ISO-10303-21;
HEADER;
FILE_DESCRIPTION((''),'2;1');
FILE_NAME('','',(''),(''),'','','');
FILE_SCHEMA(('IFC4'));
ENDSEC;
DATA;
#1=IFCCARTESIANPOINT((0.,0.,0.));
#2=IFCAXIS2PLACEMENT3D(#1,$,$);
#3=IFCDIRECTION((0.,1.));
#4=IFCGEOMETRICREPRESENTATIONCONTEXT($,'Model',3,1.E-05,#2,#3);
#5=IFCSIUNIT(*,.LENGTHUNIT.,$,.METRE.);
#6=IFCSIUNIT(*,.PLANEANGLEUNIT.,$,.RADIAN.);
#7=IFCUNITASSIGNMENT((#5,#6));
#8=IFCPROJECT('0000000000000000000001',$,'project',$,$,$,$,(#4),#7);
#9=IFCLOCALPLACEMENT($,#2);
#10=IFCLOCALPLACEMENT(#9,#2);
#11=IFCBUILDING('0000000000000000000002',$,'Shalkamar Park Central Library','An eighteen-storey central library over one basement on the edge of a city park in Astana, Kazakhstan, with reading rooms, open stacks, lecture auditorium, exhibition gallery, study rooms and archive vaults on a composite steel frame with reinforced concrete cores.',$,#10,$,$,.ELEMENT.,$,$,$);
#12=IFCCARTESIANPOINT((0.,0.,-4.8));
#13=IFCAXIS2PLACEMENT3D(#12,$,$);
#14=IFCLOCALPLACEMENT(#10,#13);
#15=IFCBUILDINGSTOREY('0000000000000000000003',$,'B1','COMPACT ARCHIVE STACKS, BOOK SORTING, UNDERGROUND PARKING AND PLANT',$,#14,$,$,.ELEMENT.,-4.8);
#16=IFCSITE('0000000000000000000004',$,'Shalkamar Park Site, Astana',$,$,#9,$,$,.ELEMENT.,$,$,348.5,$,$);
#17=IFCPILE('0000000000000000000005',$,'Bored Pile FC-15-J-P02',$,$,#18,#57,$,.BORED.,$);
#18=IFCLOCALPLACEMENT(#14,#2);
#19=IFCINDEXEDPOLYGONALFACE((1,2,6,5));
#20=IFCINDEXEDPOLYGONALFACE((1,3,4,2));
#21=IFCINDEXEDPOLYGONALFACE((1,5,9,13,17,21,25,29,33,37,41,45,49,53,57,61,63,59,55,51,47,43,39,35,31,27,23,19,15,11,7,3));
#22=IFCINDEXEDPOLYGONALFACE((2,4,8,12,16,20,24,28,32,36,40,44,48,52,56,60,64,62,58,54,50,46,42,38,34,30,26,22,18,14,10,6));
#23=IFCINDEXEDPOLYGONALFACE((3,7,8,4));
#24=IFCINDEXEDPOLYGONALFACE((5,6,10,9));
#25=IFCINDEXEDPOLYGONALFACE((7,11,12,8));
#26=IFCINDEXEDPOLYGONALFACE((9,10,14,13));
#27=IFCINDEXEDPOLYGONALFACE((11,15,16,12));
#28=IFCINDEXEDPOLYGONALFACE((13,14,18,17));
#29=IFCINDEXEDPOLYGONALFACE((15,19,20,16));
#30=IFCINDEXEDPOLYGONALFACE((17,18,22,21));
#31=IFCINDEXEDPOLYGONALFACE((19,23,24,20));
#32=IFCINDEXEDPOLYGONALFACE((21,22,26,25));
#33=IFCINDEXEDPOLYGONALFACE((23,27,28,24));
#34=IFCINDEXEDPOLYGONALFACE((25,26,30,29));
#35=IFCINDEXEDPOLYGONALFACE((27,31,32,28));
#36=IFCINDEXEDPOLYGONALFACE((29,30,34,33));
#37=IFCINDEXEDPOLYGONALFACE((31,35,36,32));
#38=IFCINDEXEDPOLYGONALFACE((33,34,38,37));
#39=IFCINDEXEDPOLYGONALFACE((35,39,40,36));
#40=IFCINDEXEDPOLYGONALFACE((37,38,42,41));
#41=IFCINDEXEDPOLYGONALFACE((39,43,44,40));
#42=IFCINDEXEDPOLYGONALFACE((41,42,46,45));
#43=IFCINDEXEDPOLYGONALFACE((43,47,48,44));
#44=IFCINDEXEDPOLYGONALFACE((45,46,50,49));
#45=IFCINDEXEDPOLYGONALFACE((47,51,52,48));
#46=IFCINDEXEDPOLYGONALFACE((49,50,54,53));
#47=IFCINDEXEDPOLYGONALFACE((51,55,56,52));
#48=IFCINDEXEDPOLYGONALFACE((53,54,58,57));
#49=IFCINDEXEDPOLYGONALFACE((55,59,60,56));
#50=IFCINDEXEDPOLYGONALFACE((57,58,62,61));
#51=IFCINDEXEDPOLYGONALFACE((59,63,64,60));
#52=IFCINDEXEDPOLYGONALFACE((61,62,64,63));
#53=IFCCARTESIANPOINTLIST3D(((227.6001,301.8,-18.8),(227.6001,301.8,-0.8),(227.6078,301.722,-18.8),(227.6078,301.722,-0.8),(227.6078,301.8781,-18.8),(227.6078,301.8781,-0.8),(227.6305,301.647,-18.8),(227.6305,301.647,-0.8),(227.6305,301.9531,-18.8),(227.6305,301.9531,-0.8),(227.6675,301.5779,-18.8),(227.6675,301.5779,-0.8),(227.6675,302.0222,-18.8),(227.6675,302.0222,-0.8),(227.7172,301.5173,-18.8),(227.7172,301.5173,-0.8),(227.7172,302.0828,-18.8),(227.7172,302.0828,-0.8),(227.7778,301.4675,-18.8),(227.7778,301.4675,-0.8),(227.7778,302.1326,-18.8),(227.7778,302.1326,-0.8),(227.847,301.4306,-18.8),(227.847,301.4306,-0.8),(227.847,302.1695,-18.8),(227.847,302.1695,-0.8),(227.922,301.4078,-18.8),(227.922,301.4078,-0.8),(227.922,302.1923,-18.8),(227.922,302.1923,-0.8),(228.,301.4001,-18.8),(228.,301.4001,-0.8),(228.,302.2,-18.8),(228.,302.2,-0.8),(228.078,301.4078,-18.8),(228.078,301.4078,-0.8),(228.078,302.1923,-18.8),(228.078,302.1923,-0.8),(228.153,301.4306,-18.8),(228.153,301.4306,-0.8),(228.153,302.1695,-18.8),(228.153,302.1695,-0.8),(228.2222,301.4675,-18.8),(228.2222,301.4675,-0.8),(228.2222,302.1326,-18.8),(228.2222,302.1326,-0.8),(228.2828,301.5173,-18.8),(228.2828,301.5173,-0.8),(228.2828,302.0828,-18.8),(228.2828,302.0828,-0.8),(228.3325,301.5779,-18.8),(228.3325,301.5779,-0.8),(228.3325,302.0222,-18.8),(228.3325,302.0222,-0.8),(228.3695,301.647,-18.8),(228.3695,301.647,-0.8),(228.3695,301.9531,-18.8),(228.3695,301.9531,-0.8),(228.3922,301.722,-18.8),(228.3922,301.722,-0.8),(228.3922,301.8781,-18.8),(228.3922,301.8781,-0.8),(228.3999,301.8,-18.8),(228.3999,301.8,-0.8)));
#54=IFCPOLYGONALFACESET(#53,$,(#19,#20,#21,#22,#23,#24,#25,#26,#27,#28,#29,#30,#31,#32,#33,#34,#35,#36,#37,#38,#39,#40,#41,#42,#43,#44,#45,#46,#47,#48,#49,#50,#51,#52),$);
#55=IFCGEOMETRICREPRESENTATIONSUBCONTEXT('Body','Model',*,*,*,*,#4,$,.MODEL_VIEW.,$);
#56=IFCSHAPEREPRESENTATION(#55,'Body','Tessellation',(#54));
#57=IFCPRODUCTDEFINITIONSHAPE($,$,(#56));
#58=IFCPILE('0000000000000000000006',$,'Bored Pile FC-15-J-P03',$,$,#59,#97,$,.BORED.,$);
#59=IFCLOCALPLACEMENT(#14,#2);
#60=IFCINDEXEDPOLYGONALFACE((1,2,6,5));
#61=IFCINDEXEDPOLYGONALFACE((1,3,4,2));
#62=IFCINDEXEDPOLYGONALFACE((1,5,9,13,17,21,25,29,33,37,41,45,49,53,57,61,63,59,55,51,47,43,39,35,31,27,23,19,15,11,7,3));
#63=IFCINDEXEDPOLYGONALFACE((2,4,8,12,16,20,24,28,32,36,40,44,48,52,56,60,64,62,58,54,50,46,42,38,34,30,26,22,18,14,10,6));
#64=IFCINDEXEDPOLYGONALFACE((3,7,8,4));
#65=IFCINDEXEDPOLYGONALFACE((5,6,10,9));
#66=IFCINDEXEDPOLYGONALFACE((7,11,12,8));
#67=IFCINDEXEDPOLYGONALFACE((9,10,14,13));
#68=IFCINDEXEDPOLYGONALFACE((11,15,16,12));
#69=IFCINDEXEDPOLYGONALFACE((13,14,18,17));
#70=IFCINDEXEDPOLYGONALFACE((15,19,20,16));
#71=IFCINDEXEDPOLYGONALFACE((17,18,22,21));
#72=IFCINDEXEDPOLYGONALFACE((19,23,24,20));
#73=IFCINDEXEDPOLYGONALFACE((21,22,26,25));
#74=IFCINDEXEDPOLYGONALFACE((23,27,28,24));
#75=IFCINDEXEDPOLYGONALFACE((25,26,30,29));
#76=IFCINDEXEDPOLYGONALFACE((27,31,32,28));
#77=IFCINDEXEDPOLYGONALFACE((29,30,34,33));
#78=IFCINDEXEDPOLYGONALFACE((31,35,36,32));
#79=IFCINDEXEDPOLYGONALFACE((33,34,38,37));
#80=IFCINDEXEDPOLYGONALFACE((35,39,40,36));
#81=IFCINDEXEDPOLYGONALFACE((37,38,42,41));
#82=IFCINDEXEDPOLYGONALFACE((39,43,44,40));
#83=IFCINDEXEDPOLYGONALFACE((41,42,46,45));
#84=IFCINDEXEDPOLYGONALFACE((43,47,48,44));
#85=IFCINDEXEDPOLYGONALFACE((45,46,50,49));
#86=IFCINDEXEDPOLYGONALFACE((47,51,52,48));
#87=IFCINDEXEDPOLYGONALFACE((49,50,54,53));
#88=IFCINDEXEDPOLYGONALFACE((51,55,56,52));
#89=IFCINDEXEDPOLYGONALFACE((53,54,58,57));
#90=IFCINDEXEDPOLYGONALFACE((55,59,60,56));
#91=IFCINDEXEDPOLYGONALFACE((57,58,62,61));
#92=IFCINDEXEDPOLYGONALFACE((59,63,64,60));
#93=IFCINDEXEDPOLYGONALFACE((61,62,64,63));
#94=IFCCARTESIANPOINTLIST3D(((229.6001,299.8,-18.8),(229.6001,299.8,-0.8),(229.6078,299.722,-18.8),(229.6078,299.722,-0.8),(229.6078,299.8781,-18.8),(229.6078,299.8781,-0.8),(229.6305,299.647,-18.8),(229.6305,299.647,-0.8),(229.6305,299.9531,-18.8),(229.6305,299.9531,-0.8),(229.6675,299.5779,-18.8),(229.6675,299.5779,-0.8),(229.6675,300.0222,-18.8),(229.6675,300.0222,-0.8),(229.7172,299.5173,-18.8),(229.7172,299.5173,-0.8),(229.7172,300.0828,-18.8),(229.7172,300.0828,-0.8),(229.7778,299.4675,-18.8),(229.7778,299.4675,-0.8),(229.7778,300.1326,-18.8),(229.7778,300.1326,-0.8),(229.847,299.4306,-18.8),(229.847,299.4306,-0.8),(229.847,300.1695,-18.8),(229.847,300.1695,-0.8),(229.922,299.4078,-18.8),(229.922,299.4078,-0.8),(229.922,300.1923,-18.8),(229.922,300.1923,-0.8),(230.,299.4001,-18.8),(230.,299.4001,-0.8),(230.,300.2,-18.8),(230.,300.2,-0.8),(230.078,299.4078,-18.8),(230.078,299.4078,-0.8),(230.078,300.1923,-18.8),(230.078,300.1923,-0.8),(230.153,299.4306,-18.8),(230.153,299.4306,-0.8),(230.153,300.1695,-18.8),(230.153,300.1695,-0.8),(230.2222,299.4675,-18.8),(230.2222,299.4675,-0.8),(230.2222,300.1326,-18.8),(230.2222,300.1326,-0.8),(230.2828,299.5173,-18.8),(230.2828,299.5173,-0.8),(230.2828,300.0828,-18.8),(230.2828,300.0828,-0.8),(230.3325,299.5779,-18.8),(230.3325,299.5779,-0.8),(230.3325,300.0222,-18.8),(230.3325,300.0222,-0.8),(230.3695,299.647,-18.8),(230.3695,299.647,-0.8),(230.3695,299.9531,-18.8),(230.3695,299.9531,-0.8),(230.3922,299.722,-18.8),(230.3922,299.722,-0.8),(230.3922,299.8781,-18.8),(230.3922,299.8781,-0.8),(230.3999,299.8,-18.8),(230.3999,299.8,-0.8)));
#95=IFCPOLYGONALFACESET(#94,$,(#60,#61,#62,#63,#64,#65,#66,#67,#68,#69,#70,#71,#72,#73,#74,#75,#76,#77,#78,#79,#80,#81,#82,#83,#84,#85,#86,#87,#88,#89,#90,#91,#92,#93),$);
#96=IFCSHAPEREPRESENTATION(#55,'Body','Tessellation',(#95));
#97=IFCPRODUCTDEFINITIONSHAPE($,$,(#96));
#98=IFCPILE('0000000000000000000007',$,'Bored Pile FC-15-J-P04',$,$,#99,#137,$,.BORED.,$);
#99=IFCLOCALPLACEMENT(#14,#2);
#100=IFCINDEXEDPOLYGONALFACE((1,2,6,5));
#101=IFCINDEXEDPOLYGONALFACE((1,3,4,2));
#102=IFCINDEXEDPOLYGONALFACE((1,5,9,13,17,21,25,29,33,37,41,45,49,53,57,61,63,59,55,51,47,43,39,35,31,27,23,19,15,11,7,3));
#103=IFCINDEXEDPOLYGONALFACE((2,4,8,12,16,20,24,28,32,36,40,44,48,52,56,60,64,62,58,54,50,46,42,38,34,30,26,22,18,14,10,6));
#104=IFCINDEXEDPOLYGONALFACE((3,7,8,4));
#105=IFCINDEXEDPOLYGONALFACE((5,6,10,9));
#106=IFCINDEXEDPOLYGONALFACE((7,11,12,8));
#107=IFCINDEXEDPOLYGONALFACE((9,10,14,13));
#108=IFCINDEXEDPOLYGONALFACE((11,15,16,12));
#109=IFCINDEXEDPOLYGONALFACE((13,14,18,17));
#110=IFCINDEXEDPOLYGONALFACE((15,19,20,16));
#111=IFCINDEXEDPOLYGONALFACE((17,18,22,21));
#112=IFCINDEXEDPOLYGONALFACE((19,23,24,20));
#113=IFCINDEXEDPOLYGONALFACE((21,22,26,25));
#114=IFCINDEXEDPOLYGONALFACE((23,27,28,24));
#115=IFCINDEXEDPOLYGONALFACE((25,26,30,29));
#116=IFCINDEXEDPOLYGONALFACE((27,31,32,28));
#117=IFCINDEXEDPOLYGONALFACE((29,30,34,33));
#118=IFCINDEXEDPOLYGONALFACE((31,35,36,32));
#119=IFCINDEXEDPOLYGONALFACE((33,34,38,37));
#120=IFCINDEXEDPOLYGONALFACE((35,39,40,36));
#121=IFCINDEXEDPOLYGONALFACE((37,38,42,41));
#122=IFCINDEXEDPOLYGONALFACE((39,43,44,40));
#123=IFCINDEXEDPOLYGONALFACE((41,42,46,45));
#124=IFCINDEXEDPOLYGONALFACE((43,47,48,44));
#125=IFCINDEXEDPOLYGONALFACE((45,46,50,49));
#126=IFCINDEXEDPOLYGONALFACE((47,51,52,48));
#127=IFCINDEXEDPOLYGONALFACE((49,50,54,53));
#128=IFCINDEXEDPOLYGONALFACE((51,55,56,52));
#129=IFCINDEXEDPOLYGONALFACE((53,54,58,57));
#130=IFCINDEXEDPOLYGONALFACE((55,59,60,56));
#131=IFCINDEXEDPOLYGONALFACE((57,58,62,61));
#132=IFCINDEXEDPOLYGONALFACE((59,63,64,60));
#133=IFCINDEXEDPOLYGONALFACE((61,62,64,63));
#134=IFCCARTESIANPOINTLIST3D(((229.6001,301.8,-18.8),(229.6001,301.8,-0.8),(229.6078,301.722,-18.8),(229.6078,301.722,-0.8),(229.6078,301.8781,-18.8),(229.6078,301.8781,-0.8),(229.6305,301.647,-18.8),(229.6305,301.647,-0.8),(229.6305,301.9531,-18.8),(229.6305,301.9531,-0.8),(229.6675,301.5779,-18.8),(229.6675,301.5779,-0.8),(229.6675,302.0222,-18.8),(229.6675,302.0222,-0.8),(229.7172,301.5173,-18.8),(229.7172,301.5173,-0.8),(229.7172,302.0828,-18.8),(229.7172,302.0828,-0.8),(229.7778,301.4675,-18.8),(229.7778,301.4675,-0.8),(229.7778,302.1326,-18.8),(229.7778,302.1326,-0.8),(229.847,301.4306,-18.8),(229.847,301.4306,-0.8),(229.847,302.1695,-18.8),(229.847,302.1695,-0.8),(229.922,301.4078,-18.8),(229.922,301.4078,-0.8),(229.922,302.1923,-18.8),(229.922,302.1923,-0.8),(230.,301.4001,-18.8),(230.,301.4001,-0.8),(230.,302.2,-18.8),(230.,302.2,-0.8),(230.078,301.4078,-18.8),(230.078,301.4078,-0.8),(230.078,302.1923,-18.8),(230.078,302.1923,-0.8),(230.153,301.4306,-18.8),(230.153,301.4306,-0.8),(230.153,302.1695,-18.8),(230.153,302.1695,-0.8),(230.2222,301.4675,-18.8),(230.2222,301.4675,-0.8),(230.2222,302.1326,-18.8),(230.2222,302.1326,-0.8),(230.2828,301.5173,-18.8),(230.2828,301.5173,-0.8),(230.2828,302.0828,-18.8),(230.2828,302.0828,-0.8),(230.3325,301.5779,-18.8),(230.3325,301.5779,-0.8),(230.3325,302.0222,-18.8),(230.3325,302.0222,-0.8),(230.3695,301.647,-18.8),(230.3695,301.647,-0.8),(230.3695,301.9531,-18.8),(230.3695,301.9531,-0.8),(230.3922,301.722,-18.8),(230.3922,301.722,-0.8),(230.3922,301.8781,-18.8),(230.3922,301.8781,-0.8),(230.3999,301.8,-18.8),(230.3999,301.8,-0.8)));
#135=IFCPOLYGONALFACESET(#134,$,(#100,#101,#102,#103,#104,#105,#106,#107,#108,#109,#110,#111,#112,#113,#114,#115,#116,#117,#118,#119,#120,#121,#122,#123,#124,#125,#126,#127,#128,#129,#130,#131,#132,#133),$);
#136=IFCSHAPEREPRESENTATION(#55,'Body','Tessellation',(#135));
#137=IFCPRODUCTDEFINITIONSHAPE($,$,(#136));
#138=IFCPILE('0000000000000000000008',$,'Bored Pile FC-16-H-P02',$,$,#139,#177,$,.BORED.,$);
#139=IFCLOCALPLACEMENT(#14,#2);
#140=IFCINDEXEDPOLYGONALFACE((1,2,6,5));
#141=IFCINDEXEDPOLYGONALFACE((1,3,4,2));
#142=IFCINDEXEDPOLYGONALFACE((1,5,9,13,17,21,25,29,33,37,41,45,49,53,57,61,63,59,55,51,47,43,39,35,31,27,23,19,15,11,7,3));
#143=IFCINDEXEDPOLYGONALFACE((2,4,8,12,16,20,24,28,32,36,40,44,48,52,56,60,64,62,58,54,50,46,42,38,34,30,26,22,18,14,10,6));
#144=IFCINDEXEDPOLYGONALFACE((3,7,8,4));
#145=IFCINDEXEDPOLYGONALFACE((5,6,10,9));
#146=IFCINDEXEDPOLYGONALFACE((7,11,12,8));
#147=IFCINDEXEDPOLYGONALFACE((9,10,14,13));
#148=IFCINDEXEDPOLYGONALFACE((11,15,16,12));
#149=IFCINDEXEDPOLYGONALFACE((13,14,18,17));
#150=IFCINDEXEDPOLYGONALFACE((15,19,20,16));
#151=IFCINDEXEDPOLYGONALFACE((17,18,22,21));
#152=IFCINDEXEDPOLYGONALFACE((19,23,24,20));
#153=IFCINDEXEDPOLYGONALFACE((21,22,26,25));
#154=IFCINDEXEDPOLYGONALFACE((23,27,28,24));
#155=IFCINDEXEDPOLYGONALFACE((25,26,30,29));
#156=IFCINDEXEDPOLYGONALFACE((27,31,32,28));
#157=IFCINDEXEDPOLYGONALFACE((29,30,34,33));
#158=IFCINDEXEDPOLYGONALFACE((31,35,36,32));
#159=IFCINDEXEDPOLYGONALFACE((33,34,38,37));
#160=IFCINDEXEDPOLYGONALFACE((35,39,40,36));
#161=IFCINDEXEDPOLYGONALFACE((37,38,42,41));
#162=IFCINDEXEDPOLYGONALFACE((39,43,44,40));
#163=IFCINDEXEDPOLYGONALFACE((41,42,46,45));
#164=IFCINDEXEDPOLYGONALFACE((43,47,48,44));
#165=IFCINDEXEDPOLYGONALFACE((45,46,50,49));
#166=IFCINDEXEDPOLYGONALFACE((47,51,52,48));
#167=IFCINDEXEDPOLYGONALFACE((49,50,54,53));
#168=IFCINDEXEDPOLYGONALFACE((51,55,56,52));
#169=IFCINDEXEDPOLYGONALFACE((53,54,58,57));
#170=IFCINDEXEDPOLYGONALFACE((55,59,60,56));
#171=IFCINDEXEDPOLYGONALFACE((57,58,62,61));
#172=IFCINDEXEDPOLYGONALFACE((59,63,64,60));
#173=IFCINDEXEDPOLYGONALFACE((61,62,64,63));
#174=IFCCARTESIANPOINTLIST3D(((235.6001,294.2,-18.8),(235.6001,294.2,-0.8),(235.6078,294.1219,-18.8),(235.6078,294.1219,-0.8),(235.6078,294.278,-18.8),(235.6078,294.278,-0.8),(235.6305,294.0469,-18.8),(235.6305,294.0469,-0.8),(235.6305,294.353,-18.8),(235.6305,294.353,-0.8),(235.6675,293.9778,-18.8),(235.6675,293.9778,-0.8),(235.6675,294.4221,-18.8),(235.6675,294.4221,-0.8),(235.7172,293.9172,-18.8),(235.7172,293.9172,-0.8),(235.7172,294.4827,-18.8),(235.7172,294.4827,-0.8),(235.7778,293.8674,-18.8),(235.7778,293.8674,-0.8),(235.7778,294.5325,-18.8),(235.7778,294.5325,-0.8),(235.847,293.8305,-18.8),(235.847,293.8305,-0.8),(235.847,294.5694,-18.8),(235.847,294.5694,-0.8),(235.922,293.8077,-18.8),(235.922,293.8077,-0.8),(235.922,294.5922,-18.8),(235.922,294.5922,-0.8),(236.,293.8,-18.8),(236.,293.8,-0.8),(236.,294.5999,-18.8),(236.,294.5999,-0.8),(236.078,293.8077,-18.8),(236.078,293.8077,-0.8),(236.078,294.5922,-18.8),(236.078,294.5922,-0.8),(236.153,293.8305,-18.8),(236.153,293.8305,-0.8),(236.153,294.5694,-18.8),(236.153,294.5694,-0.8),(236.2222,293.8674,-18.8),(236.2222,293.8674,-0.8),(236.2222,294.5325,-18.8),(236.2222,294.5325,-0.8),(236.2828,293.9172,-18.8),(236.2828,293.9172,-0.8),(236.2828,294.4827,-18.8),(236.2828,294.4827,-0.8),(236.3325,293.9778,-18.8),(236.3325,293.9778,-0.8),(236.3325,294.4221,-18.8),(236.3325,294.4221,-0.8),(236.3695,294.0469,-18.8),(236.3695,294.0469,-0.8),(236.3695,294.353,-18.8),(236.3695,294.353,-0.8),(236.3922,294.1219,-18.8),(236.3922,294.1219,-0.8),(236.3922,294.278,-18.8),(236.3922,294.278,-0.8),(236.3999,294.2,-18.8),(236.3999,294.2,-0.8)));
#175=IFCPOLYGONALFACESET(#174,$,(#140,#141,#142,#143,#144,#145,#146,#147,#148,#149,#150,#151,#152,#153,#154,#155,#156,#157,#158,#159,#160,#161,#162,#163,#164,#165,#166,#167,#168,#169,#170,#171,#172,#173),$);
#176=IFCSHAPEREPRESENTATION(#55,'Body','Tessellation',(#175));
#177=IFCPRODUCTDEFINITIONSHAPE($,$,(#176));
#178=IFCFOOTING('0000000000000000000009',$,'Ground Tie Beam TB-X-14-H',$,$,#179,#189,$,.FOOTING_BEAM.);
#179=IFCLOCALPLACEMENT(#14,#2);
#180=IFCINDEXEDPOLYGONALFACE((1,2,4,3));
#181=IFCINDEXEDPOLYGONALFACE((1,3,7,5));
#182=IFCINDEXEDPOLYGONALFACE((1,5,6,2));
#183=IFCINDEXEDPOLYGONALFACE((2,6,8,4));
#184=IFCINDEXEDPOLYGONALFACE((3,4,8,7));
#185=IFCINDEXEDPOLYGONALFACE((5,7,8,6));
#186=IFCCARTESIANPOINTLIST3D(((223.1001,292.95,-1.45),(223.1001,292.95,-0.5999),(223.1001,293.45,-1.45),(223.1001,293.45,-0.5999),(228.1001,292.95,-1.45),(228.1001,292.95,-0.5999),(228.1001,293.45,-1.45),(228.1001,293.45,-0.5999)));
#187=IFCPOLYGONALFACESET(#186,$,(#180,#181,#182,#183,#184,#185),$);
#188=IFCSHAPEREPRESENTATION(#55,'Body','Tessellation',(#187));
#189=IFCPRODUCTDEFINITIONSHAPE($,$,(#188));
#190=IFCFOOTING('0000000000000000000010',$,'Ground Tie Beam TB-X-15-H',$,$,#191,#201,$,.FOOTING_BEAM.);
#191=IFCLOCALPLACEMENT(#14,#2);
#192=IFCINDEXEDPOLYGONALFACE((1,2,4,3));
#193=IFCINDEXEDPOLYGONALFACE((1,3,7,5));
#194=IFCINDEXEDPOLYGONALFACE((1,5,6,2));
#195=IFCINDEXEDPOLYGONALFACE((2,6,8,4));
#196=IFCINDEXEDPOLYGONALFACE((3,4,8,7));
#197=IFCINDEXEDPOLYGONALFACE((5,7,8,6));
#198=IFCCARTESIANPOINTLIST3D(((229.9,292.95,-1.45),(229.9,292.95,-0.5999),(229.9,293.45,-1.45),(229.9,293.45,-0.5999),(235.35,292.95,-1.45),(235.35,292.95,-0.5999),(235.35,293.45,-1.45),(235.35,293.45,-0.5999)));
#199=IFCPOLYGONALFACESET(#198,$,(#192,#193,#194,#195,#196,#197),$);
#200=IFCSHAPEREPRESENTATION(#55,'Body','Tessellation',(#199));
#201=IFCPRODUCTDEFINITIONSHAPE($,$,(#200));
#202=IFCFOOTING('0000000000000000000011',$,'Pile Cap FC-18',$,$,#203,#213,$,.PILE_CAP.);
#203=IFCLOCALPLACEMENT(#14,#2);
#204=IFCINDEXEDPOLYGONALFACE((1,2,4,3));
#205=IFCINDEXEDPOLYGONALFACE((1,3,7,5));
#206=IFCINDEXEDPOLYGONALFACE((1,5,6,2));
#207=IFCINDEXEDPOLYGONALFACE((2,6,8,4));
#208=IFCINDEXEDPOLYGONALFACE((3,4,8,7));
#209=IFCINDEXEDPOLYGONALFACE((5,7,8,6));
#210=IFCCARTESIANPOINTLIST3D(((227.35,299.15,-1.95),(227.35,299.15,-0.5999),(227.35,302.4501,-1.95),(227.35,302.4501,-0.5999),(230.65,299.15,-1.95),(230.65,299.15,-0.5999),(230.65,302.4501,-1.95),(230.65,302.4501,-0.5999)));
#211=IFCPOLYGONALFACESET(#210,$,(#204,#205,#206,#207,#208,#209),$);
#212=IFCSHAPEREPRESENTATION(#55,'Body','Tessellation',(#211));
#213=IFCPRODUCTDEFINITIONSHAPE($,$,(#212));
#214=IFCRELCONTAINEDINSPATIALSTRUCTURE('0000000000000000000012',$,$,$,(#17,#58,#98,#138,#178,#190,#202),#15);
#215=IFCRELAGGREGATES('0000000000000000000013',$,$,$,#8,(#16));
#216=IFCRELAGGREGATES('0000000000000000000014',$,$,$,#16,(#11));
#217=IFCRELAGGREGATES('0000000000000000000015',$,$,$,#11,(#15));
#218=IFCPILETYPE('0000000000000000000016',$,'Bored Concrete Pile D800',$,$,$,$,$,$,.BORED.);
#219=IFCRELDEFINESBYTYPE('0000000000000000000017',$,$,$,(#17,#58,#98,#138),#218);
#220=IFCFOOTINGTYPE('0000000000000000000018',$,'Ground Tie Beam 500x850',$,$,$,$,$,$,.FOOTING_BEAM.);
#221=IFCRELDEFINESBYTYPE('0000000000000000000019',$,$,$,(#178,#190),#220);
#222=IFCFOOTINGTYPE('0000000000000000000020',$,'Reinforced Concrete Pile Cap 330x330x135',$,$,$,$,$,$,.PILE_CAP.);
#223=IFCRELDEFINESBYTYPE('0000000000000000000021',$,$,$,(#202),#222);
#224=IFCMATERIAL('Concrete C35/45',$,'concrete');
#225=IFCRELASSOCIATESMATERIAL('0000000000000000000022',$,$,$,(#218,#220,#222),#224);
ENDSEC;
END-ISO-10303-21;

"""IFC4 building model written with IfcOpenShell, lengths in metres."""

from ifc_helpers import new_model, si_unit, direction, frame, origin, origin_2d, place, context, subcontext, project, spatial, rectangle, circle, extrude, material, material_profile, profile_set, type_object, element, save


model = new_model("IFC4")

# Units and contexts
model_context = context("Model", 3, precision=1e-05, world=origin(), true_north=direction((0.0, 1.0)))
body_context = subcontext(model_context, "Body", "Model", "MODEL_VIEW")
ifc_project = project(units=[si_unit("LENGTHUNIT", "METRE"), si_unit("PLANEANGLEUNIT", "RADIAN")], contexts=[model_context])

# Site, building, storey
site_placement = place(None, origin())
site = spatial("IfcSite", under=ifc_project, at=site_placement, Name="Shalkamar Park Site, Astana", CompositionType="ELEMENT", RefElevation=348.5)
building_placement = place(site_placement, origin())
building = spatial("IfcBuilding", under=site, at=building_placement, Name="Shalkamar Park Central Library", Description="An eighteen-storey central library over one basement on the edge of a city park in Astana, Kazakhstan, with reading rooms, open stacks, lecture auditorium, exhibition gallery, study rooms and archive vaults on a composite steel frame with reinforced concrete cores.", CompositionType="ELEMENT")
storey_placement = place(building_placement, frame((0.0, 0.0, -4.8)))
storey = spatial("IfcBuildingStorey", under=building, at=storey_placement, Name="B1", Description="COMPACT ARCHIVE STACKS, BOOK SORTING, UNDERGROUND PARKING AND PLANT", CompositionType="ELEMENT", Elevation=-4.8)

# Piles
ifc_material_1 = material(Name="Concrete C35/45", Category="concrete")
ifc_material_profile_1 = material_profile(ifc_material_1, circle(Radius=0.3999, at=origin_2d()), Name="PILE D800")
ifc_profile_set_1 = profile_set([ifc_material_profile_1], Name="Concrete C35/45")
pile_type_1 = type_object("IfcPileType", Name="Bored Concrete Pile D800", PredefinedType="BORED", material=ifc_profile_set_1)
for number, where, z_axis, x_axis, name in (
    (1, (228.0, 301.8, -0.8), (0.0, 0.0, -1.0), (1.0, 0.0, 0.0), "Bored Pile FC-15-J-P02"),
    (2, (230.0, 299.8, -0.8), (0.0, 0.0, -1.0), (1.0, 0.0, 0.0), "Bored Pile FC-15-J-P03"),
    (3, (230.0, 301.8, -0.8), (0.0, 0.0, -1.0), (1.0, 0.0, 0.0), "Bored Pile FC-15-J-P04"),
    (4, (236.0, 294.2, -0.8), (0.0, 0.0, -1.0), (1.0, 0.0, 0.0), "Bored Pile FC-16-H-P02"),
):
    element("IfcPile", number, at=place(storey_placement, frame(where, z_axis=z_axis, x_axis=x_axis)), inside=storey, type_object=pile_type_1, Name=name, PredefinedType="BORED", context=body_context, shape_type="SweptSolid", body=[
        extrude(circle(Radius=0.3999, at=origin_2d()), origin(), (0.0, 0.0, 1.0), 18.0),
    ])

# Footings
footing_type_1 = type_object("IfcFootingType", Name="Ground Tie Beam 500x850", PredefinedType="FOOTING_BEAM", material=ifc_material_1)
footing_1_placement = place(storey_placement, frame((225.6001, 293.2, -1.45), z_axis=(0.0, 0.0, 1.0), x_axis=(1.0, 0.0, 0.0)))
element("IfcFooting", 5, at=footing_1_placement, inside=storey, type_object=footing_type_1, Name="Ground Tie Beam TB-X-14-H", PredefinedType="FOOTING_BEAM", context=body_context, shape_type="SweptSolid", body=[
    extrude(rectangle(XDim=5.0, YDim=0.5, at=origin_2d()), origin(), (0.0, 0.0, 1.0), 0.8501),
])
footing_2_placement = place(storey_placement, frame((232.625, 293.2, -1.45), z_axis=(0.0, 0.0, 1.0), x_axis=(1.0, 0.0, 0.0)))
element("IfcFooting", 6, at=footing_2_placement, inside=storey, type_object=footing_type_1, Name="Ground Tie Beam TB-X-15-H", PredefinedType="FOOTING_BEAM", context=body_context, shape_type="SweptSolid", body=[
    extrude(rectangle(XDim=5.45, YDim=0.5, at=origin_2d()), origin(), (0.0, 0.0, 1.0), 0.8501),
])
footing_type_2 = type_object("IfcFootingType", Name="Reinforced Concrete Pile Cap 330x330x135", PredefinedType="PILE_CAP", material=ifc_material_1)
footing_3_placement = place(storey_placement, frame((229.0, 300.8, -1.95), z_axis=(0.0, 0.0, 1.0), x_axis=(1.0, 0.0, 0.0)))
element("IfcFooting", 7, at=footing_3_placement, inside=storey, type_object=footing_type_2, Name="Pile Cap FC-18", PredefinedType="PILE_CAP", context=body_context, shape_type="SweptSolid", body=[
    extrude(rectangle(XDim=3.3, YDim=3.3, at=origin_2d()), origin(), (0.0, 0.0, 1.0), 1.3501),
])

save(model, "model.ifc")
